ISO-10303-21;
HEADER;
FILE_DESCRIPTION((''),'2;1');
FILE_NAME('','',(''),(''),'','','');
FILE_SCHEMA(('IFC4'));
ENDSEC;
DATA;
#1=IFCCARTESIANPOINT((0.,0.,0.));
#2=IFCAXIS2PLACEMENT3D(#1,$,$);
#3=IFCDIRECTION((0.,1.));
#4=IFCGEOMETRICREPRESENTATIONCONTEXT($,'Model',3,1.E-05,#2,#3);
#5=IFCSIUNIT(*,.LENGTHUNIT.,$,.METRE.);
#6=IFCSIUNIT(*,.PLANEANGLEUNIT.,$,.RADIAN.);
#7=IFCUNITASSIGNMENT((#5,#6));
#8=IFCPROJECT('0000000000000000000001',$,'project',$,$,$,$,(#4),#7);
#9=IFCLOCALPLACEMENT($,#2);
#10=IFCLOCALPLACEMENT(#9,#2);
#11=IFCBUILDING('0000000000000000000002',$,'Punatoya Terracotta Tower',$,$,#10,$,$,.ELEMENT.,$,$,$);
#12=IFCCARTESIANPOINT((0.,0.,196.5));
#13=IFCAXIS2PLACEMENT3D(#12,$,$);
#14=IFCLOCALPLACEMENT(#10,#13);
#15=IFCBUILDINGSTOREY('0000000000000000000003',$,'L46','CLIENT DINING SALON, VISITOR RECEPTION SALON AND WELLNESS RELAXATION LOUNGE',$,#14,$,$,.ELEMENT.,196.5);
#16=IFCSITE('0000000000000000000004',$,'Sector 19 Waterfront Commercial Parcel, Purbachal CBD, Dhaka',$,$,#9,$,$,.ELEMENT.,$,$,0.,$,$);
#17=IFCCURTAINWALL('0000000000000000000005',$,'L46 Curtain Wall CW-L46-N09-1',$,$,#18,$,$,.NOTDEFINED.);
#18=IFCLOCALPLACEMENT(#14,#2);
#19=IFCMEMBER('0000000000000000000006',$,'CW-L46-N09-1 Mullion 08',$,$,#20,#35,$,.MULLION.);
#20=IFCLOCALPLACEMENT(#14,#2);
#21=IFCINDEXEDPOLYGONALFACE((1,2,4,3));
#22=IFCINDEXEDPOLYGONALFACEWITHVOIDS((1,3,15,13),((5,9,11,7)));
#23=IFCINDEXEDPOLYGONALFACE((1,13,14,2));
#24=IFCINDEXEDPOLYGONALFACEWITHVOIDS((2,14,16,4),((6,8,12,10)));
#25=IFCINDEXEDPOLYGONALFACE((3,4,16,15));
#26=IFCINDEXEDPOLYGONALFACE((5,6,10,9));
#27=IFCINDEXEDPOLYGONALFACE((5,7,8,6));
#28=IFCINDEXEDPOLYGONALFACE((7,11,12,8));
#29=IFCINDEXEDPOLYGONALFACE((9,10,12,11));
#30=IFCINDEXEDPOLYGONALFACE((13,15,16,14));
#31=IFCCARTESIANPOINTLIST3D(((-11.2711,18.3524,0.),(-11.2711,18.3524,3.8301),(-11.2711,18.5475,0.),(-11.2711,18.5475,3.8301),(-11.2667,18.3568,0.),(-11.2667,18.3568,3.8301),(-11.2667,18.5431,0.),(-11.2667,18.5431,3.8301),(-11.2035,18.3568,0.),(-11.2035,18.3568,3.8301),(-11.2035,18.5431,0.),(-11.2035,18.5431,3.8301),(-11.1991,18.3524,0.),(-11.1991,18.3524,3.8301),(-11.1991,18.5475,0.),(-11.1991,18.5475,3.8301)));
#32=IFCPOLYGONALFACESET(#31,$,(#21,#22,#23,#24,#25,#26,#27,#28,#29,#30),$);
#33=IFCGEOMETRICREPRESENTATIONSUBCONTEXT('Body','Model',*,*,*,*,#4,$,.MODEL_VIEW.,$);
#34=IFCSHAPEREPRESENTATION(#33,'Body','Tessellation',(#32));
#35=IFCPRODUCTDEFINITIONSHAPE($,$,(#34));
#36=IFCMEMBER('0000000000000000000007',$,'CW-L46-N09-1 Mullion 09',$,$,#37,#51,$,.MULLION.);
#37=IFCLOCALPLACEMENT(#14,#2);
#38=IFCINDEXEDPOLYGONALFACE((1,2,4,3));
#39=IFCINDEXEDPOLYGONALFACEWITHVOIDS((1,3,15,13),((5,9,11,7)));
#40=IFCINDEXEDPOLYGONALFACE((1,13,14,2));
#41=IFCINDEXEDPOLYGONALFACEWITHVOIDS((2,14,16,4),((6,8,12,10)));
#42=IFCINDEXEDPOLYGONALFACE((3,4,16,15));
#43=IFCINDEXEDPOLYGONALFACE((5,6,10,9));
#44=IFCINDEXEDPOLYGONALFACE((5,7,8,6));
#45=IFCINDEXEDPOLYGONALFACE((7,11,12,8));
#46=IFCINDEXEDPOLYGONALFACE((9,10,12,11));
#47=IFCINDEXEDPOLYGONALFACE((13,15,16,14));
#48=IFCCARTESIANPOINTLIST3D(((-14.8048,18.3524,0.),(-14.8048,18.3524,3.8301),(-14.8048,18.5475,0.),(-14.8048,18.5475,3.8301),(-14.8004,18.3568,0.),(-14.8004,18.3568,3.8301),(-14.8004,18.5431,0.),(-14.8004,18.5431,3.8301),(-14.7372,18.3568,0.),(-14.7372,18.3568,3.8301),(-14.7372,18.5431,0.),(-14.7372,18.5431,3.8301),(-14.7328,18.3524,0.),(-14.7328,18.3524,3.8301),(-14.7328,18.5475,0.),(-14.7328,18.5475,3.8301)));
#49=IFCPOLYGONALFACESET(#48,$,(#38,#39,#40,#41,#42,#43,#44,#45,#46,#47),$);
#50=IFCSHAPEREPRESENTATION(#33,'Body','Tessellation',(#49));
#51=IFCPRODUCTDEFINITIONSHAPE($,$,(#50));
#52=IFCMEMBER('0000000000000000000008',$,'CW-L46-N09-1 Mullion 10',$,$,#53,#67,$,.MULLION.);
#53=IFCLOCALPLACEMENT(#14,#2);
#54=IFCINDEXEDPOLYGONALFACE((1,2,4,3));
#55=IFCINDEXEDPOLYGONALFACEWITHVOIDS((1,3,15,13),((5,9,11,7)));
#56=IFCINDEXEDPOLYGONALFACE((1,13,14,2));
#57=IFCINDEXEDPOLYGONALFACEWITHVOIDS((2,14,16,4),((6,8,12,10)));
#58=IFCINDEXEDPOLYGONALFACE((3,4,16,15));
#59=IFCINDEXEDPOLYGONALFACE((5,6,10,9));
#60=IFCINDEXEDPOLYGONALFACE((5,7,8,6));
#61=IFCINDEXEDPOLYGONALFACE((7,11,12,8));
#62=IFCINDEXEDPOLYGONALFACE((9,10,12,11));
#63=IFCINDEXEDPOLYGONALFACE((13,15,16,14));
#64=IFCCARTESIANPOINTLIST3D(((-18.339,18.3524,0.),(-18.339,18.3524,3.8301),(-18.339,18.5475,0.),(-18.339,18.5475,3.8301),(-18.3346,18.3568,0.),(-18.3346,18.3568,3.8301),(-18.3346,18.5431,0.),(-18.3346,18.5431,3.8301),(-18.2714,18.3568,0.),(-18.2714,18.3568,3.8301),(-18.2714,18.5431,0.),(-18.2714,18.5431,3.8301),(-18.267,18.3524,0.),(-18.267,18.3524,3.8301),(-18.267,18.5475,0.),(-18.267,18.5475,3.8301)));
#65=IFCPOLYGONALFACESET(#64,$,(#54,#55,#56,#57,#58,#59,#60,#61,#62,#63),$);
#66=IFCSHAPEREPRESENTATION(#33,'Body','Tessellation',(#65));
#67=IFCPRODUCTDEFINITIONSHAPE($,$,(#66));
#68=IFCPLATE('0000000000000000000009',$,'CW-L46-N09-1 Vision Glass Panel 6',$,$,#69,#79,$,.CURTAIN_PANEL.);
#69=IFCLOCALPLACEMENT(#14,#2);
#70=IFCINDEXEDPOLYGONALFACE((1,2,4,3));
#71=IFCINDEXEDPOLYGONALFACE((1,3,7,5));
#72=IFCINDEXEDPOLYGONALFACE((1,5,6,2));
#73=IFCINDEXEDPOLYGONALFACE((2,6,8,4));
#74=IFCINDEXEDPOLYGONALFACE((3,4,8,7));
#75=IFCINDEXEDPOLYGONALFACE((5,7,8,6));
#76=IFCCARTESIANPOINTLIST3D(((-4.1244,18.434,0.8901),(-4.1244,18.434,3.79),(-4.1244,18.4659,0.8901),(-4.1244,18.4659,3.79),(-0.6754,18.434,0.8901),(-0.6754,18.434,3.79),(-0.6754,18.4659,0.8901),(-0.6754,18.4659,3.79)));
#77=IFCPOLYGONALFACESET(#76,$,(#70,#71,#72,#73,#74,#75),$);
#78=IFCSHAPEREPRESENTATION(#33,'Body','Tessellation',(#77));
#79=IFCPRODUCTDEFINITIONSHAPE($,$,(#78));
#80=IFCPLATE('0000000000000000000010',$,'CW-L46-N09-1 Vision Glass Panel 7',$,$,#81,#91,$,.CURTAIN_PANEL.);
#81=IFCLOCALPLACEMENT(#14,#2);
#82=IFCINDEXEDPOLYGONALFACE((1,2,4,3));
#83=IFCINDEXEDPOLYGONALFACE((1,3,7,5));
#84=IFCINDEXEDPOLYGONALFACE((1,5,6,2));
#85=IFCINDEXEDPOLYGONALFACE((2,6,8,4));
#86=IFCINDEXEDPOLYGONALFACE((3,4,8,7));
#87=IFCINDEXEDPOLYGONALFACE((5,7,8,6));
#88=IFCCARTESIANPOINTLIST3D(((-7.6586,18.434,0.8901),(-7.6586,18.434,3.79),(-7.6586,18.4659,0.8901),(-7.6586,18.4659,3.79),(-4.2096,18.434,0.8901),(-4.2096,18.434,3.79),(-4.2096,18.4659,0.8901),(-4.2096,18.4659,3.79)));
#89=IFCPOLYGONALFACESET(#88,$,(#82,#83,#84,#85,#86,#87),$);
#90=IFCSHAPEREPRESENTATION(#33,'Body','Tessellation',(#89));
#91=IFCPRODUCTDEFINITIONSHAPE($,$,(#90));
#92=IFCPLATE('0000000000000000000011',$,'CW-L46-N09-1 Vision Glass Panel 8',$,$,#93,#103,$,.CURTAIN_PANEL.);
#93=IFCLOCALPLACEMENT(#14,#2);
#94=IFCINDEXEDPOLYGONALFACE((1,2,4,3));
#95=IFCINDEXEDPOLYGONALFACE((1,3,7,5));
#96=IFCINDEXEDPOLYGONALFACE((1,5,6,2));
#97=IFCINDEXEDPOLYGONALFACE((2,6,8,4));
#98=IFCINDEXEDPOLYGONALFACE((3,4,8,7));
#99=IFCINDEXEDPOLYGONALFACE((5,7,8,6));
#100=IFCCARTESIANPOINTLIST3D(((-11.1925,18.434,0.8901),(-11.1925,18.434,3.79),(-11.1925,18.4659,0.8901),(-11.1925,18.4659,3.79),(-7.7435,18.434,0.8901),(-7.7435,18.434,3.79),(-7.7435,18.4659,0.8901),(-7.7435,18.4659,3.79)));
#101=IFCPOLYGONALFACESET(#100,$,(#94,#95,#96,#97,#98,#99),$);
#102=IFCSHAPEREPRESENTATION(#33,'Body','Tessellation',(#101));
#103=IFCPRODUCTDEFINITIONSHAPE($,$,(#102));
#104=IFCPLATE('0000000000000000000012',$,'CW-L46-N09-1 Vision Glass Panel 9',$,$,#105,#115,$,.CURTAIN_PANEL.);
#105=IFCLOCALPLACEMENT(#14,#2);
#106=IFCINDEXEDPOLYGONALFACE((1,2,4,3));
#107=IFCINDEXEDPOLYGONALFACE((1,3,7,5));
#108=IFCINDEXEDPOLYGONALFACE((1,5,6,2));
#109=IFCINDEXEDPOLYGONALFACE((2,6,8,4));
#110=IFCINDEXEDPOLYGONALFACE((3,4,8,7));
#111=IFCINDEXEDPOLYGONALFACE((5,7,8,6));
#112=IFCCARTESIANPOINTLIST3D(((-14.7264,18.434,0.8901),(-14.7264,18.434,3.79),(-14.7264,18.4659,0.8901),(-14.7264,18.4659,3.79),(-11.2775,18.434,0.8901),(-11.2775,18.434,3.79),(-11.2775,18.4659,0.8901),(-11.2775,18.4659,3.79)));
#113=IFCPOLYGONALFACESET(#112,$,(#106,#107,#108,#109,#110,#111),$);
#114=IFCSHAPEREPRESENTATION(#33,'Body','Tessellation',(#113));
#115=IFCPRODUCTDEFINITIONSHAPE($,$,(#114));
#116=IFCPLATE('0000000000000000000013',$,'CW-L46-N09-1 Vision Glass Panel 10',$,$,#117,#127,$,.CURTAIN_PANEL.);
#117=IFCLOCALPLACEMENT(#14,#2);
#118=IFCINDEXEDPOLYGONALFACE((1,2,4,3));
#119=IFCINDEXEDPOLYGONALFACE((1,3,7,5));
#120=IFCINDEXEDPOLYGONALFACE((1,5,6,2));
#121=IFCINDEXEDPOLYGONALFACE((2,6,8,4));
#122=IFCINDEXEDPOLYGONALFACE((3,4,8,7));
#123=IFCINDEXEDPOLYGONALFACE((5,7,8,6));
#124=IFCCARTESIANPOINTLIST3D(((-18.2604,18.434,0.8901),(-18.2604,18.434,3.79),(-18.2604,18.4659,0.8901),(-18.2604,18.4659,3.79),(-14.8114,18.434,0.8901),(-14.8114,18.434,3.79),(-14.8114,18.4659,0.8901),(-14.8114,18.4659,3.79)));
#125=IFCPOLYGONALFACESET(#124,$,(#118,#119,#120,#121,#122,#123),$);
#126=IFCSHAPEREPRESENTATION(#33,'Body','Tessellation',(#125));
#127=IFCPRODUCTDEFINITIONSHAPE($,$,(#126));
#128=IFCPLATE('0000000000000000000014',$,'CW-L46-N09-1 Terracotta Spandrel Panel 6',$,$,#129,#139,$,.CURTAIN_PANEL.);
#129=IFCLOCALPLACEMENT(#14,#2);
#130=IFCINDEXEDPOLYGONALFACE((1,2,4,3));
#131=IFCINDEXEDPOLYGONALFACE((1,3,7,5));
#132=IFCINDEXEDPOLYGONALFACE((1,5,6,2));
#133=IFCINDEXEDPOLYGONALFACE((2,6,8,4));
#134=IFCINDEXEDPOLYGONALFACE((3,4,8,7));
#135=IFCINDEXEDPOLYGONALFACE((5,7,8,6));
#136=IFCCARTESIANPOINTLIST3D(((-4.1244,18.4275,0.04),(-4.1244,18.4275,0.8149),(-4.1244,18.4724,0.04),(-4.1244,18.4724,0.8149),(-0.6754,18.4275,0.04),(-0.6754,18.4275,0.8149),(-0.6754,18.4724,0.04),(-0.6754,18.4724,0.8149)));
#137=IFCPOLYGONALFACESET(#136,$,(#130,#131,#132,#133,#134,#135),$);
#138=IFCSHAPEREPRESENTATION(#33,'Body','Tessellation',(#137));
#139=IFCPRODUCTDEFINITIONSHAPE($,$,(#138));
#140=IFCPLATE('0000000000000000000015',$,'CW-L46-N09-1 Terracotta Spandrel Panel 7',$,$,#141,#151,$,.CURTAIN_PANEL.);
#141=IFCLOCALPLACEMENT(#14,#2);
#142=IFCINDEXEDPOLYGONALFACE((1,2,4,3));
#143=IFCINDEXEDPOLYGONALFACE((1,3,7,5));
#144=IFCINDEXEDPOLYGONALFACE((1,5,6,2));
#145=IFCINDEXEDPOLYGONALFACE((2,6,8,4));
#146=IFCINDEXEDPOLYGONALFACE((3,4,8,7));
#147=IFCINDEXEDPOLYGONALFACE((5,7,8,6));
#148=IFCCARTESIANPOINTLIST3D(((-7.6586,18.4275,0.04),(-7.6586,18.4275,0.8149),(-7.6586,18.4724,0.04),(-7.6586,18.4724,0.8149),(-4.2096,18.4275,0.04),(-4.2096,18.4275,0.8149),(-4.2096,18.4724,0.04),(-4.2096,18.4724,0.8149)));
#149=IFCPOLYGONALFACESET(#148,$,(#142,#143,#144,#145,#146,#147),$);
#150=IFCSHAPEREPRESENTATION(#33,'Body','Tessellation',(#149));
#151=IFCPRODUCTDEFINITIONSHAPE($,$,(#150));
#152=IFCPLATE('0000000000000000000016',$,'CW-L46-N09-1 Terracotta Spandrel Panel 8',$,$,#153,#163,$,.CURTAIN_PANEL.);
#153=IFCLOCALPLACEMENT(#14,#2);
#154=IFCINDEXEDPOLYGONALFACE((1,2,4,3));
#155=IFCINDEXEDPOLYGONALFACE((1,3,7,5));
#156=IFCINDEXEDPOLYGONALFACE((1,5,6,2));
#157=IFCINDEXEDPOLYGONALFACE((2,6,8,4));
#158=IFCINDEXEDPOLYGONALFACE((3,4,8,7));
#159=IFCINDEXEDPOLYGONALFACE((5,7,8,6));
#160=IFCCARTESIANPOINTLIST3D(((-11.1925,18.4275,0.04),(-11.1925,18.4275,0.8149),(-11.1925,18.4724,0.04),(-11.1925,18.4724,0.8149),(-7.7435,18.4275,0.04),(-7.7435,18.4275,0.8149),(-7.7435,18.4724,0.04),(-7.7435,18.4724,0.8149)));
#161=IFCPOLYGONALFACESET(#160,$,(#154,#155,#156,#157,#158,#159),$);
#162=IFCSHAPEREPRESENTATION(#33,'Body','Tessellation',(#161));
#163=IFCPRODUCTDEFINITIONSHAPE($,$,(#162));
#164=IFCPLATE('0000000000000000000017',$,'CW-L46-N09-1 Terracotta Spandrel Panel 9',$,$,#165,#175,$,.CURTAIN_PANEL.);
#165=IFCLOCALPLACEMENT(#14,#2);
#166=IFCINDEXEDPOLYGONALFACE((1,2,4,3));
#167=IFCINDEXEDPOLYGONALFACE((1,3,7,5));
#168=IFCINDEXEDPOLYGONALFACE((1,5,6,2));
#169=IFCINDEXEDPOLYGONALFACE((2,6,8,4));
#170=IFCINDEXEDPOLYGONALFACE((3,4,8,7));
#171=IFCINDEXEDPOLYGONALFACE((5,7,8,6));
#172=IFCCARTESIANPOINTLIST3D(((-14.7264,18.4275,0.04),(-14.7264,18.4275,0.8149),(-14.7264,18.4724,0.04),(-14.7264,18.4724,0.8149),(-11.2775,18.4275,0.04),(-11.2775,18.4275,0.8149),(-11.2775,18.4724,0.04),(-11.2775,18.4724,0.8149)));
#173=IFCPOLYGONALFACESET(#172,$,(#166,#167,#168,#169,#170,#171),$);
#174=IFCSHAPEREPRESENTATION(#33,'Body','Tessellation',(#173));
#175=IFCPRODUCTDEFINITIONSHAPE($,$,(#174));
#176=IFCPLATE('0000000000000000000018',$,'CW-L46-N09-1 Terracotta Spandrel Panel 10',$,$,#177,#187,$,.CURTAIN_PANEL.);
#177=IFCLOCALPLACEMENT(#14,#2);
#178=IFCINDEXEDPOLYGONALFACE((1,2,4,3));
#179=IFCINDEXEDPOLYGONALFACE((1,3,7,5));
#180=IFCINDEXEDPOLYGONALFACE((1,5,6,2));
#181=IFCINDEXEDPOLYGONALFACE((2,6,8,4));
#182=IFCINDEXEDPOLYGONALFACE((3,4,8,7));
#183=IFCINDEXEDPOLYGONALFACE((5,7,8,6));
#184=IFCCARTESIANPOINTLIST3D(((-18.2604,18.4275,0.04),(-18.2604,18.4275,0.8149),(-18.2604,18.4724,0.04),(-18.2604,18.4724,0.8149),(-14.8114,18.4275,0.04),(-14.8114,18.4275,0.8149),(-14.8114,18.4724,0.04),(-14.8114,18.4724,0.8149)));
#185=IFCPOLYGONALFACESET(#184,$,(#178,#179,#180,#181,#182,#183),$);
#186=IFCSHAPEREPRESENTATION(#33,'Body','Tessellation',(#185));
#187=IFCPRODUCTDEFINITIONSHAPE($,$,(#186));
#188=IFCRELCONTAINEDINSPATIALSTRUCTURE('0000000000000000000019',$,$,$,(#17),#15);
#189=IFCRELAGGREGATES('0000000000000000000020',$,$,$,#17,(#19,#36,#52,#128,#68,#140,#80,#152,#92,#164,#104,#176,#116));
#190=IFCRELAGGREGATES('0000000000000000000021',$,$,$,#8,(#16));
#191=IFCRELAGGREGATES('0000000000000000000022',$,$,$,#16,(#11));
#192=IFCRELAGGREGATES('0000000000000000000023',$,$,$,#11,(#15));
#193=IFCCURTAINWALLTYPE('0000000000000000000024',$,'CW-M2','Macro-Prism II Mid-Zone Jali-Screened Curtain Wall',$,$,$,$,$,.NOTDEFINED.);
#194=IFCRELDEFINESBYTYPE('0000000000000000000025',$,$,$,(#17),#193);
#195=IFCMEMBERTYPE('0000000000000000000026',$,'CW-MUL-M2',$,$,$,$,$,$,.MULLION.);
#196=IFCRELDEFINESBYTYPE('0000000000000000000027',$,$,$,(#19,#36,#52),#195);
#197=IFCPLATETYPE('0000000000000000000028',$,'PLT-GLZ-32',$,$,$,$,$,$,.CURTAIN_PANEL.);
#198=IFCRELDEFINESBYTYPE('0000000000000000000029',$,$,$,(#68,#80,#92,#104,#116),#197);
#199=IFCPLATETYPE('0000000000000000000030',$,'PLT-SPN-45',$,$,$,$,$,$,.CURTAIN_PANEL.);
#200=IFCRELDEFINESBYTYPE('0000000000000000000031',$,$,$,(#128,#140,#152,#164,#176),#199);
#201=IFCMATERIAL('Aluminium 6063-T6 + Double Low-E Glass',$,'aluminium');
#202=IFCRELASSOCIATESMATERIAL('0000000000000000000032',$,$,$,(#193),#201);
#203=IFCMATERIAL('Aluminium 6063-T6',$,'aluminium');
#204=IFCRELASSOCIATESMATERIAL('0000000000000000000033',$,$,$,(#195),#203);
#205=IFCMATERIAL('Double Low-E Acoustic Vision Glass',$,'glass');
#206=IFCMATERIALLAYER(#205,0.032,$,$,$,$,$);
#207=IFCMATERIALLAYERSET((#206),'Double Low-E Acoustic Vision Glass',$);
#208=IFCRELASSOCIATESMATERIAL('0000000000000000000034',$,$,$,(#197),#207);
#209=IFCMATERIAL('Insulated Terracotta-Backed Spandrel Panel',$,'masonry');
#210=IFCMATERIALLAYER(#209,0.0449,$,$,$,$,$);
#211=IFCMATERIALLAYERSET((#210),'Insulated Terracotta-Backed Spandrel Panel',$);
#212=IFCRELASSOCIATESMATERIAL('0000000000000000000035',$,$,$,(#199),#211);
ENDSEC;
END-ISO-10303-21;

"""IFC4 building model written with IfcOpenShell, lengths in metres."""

from ifc_helpers import new_model, si_unit, direction, frame, origin, origin_2d, place, context, subcontext, project, spatial, rectangle, hollow_rectangle, extrude, material, layer, layer_set, material_profile, profile_set, type_object, element, aggregate, save


model = new_model("IFC4")

# Units and contexts
model_context = context("Model", 3, precision=1e-05, world=origin(), true_north=direction((0.0, 1.0)))
body_context = subcontext(model_context, "Body", "Model", "MODEL_VIEW")
ifc_project = project(units=[si_unit("LENGTHUNIT", "METRE"), si_unit("PLANEANGLEUNIT", "RADIAN")], contexts=[model_context])

# Site, building, storey
site_placement = place(None, origin())
site = spatial("IfcSite", under=ifc_project, at=site_placement, Name="Sector 19 Waterfront Commercial Parcel, Purbachal CBD, Dhaka", CompositionType="ELEMENT", RefElevation=0.0)
building_placement = place(site_placement, origin())
building = spatial("IfcBuilding", under=site, at=building_placement, Name="Punatoya Terracotta Tower", CompositionType="ELEMENT")
storey_placement = place(building_placement, frame((0.0, 0.0, 196.5)))
storey = spatial("IfcBuildingStorey", under=building, at=storey_placement, Name="L46", Description="CLIENT DINING SALON, VISITOR RECEPTION SALON AND WELLNESS RELAXATION LOUNGE", CompositionType="ELEMENT", Elevation=196.5)

# Curtain wall, members, plates
ifc_material_1 = material(Name="Aluminium 6063-T6 + Double Low-E Glass", Category="aluminium")
curtain_wall_type = type_object("IfcCurtainWallType", Name="CW-M2", Description="Macro-Prism II Mid-Zone Jali-Screened Curtain Wall", PredefinedType="NOTDEFINED", material=ifc_material_1)
curtain_wall_placement = place(storey_placement, origin())
curtain_wall = element("IfcCurtainWall", 1, at=curtain_wall_placement, inside=storey, type_object=curtain_wall_type, Name="L46 Curtain Wall CW-L46-N09-1", PredefinedType="NOTDEFINED")
ifc_material_2 = material(Name="Aluminium 6063-T6", Category="aluminium")
ifc_material_profile_1 = material_profile(ifc_material_2, hollow_rectangle(XDim=0.072, YDim=0.1951, WallThickness=0.0044, at=origin_2d()))
ifc_profile_set_1 = profile_set([ifc_material_profile_1], Name="Aluminium 6063-T6")
member_type = type_object("IfcMemberType", Name="CW-MUL-M2", PredefinedType="MULLION", material=ifc_profile_set_1)
member_1_placement = place(storey_placement, frame((-11.2351, 18.45, 0.0), z_axis=(0.0, 0.0, 1.0), x_axis=(1.0, 0.0, 0.0)))
member_1 = element("IfcMember", 2, at=member_1_placement, type_object=member_type, Name="CW-L46-N09-1 Mullion 08", PredefinedType="MULLION", context=body_context, shape_type="SweptSolid", body=[
    extrude(hollow_rectangle(XDim=0.072, YDim=0.1951, WallThickness=0.0044, at=origin_2d()), origin(), (0.0, 0.0, 1.0), 3.8301),
])
member_2_placement = place(storey_placement, frame((-14.7688, 18.45, 0.0), z_axis=(0.0, 0.0, 1.0), x_axis=(1.0, 0.0, 0.0)))
member_2 = element("IfcMember", 3, at=member_2_placement, type_object=member_type, Name="CW-L46-N09-1 Mullion 09", PredefinedType="MULLION", context=body_context, shape_type="SweptSolid", body=[
    extrude(hollow_rectangle(XDim=0.072, YDim=0.1951, WallThickness=0.0044, at=origin_2d()), origin(), (0.0, 0.0, 1.0), 3.8301),
])
member_3_placement = place(storey_placement, frame((-18.303, 18.45, 0.0), z_axis=(0.0, 0.0, 1.0), x_axis=(1.0, 0.0, 0.0)))
member_3 = element("IfcMember", 4, at=member_3_placement, type_object=member_type, Name="CW-L46-N09-1 Mullion 10", PredefinedType="MULLION", context=body_context, shape_type="SweptSolid", body=[
    extrude(hollow_rectangle(XDim=0.072, YDim=0.1951, WallThickness=0.0044, at=origin_2d()), origin(), (0.0, 0.0, 1.0), 3.8301),
])
ifc_material_3 = material(Name="Double Low-E Acoustic Vision Glass", Category="glass")
ifc_layer_1 = layer(ifc_material_3, 0.032)
ifc_layer_set_1 = layer_set([ifc_layer_1], Name="Double Low-E Acoustic Vision Glass")
plate_type_1 = type_object("IfcPlateType", Name="PLT-GLZ-32", PredefinedType="CURTAIN_PANEL", material=ifc_layer_set_1)
plate_1_placement = place(storey_placement, frame((-2.3999, 18.45, 0.8901), z_axis=(0.0, 0.0, 1.0), x_axis=(-1.0, 0.0, 0.0)))
plate_1 = element("IfcPlate", 5, at=plate_1_placement, type_object=plate_type_1, Name="CW-L46-N09-1 Vision Glass Panel 6", PredefinedType="CURTAIN_PANEL", context=body_context, shape_type="SweptSolid", body=[
    extrude(rectangle(XDim=3.449, YDim=0.032, at=origin_2d()), origin(), (0.0, 0.0, 1.0), 2.8999),
])
plate_2_placement = place(storey_placement, frame((-5.9341, 18.45, 0.8901), z_axis=(0.0, 0.0, 1.0), x_axis=(-1.0, 0.0, 0.0)))
plate_2 = element("IfcPlate", 6, at=plate_2_placement, type_object=plate_type_1, Name="CW-L46-N09-1 Vision Glass Panel 7", PredefinedType="CURTAIN_PANEL", context=body_context, shape_type="SweptSolid", body=[
    extrude(rectangle(XDim=3.449, YDim=0.032, at=origin_2d()), origin(), (0.0, 0.0, 1.0), 2.8999),
])
plate_3_placement = place(storey_placement, frame((-9.468, 18.45, 0.8901), z_axis=(0.0, 0.0, 1.0), x_axis=(-1.0, 0.0, 0.0)))
plate_3 = element("IfcPlate", 7, at=plate_3_placement, type_object=plate_type_1, Name="CW-L46-N09-1 Vision Glass Panel 8", PredefinedType="CURTAIN_PANEL", context=body_context, shape_type="SweptSolid", body=[
    extrude(rectangle(XDim=3.449, YDim=0.032, at=origin_2d()), origin(), (0.0, 0.0, 1.0), 2.8999),
])
plate_4_placement = place(storey_placement, frame((-13.002, 18.45, 0.8901), z_axis=(0.0, 0.0, 1.0), x_axis=(-1.0, 0.0, 0.0)))
plate_4 = element("IfcPlate", 8, at=plate_4_placement, type_object=plate_type_1, Name="CW-L46-N09-1 Vision Glass Panel 9", PredefinedType="CURTAIN_PANEL", context=body_context, shape_type="SweptSolid", body=[
    extrude(rectangle(XDim=3.449, YDim=0.032, at=origin_2d()), origin(), (0.0, 0.0, 1.0), 2.8999),
])
plate_5_placement = place(storey_placement, frame((-16.5359, 18.45, 0.8901), z_axis=(0.0, 0.0, 1.0), x_axis=(-1.0, 0.0, 0.0)))
plate_5 = element("IfcPlate", 9, at=plate_5_placement, type_object=plate_type_1, Name="CW-L46-N09-1 Vision Glass Panel 10", PredefinedType="CURTAIN_PANEL", context=body_context, shape_type="SweptSolid", body=[
    extrude(rectangle(XDim=3.449, YDim=0.032, at=origin_2d()), origin(), (0.0, 0.0, 1.0), 2.8999),
])
ifc_material_4 = material(Name="Insulated Terracotta-Backed Spandrel Panel", Category="masonry")
ifc_layer_2 = layer(ifc_material_4, 0.0449)
ifc_layer_set_2 = layer_set([ifc_layer_2], Name="Insulated Terracotta-Backed Spandrel Panel")
plate_type_2 = type_object("IfcPlateType", Name="PLT-SPN-45", PredefinedType="CURTAIN_PANEL", material=ifc_layer_set_2)
plate_6_placement = place(storey_placement, frame((-2.3999, 18.45, 0.04), z_axis=(0.0, 0.0, 1.0), x_axis=(-1.0, 0.0, 0.0)))
plate_6 = element("IfcPlate", 10, at=plate_6_placement, type_object=plate_type_2, Name="CW-L46-N09-1 Terracotta Spandrel Panel 6", PredefinedType="CURTAIN_PANEL", context=body_context, shape_type="SweptSolid", body=[
    extrude(rectangle(XDim=3.449, YDim=0.0449, at=origin_2d()), origin(), (0.0, 0.0, 1.0), 0.7749),
])
plate_7_placement = place(storey_placement, frame((-5.9341, 18.45, 0.04), z_axis=(0.0, 0.0, 1.0), x_axis=(-1.0, 0.0, 0.0)))
plate_7 = element("IfcPlate", 11, at=plate_7_placement, type_object=plate_type_2, Name="CW-L46-N09-1 Terracotta Spandrel Panel 7", PredefinedType="CURTAIN_PANEL", context=body_context, shape_type="SweptSolid", body=[
    extrude(rectangle(XDim=3.449, YDim=0.0449, at=origin_2d()), origin(), (0.0, 0.0, 1.0), 0.7749),
])
plate_8_placement = place(storey_placement, frame((-9.468, 18.45, 0.04), z_axis=(0.0, 0.0, 1.0), x_axis=(-1.0, 0.0, 0.0)))
plate_8 = element("IfcPlate", 12, at=plate_8_placement, type_object=plate_type_2, Name="CW-L46-N09-1 Terracotta Spandrel Panel 8", PredefinedType="CURTAIN_PANEL", context=body_context, shape_type="SweptSolid", body=[
    extrude(rectangle(XDim=3.449, YDim=0.0449, at=origin_2d()), origin(), (0.0, 0.0, 1.0), 0.7749),
])
plate_9_placement = place(storey_placement, frame((-13.002, 18.45, 0.04), z_axis=(0.0, 0.0, 1.0), x_axis=(-1.0, 0.0, 0.0)))
plate_9 = element("IfcPlate", 13, at=plate_9_placement, type_object=plate_type_2, Name="CW-L46-N09-1 Terracotta Spandrel Panel 9", PredefinedType="CURTAIN_PANEL", context=body_context, shape_type="SweptSolid", body=[
    extrude(rectangle(XDim=3.449, YDim=0.0449, at=origin_2d()), origin(), (0.0, 0.0, 1.0), 0.7749),
])
plate_10_placement = place(storey_placement, frame((-16.5359, 18.45, 0.04), z_axis=(0.0, 0.0, 1.0), x_axis=(-1.0, 0.0, 0.0)))
plate_10 = element("IfcPlate", 14, at=plate_10_placement, type_object=plate_type_2, Name="CW-L46-N09-1 Terracotta Spandrel Panel 10", PredefinedType="CURTAIN_PANEL", context=body_context, shape_type="SweptSolid", body=[
    extrude(rectangle(XDim=3.449, YDim=0.0449, at=origin_2d()), origin(), (0.0, 0.0, 1.0), 0.7749),
])
aggregate(curtain_wall, [member_1, member_2, member_3, plate_6, plate_1, plate_7, plate_2, plate_8, plate_3, plate_9, plate_4, plate_10, plate_5])

save(model, "model.ifc")
